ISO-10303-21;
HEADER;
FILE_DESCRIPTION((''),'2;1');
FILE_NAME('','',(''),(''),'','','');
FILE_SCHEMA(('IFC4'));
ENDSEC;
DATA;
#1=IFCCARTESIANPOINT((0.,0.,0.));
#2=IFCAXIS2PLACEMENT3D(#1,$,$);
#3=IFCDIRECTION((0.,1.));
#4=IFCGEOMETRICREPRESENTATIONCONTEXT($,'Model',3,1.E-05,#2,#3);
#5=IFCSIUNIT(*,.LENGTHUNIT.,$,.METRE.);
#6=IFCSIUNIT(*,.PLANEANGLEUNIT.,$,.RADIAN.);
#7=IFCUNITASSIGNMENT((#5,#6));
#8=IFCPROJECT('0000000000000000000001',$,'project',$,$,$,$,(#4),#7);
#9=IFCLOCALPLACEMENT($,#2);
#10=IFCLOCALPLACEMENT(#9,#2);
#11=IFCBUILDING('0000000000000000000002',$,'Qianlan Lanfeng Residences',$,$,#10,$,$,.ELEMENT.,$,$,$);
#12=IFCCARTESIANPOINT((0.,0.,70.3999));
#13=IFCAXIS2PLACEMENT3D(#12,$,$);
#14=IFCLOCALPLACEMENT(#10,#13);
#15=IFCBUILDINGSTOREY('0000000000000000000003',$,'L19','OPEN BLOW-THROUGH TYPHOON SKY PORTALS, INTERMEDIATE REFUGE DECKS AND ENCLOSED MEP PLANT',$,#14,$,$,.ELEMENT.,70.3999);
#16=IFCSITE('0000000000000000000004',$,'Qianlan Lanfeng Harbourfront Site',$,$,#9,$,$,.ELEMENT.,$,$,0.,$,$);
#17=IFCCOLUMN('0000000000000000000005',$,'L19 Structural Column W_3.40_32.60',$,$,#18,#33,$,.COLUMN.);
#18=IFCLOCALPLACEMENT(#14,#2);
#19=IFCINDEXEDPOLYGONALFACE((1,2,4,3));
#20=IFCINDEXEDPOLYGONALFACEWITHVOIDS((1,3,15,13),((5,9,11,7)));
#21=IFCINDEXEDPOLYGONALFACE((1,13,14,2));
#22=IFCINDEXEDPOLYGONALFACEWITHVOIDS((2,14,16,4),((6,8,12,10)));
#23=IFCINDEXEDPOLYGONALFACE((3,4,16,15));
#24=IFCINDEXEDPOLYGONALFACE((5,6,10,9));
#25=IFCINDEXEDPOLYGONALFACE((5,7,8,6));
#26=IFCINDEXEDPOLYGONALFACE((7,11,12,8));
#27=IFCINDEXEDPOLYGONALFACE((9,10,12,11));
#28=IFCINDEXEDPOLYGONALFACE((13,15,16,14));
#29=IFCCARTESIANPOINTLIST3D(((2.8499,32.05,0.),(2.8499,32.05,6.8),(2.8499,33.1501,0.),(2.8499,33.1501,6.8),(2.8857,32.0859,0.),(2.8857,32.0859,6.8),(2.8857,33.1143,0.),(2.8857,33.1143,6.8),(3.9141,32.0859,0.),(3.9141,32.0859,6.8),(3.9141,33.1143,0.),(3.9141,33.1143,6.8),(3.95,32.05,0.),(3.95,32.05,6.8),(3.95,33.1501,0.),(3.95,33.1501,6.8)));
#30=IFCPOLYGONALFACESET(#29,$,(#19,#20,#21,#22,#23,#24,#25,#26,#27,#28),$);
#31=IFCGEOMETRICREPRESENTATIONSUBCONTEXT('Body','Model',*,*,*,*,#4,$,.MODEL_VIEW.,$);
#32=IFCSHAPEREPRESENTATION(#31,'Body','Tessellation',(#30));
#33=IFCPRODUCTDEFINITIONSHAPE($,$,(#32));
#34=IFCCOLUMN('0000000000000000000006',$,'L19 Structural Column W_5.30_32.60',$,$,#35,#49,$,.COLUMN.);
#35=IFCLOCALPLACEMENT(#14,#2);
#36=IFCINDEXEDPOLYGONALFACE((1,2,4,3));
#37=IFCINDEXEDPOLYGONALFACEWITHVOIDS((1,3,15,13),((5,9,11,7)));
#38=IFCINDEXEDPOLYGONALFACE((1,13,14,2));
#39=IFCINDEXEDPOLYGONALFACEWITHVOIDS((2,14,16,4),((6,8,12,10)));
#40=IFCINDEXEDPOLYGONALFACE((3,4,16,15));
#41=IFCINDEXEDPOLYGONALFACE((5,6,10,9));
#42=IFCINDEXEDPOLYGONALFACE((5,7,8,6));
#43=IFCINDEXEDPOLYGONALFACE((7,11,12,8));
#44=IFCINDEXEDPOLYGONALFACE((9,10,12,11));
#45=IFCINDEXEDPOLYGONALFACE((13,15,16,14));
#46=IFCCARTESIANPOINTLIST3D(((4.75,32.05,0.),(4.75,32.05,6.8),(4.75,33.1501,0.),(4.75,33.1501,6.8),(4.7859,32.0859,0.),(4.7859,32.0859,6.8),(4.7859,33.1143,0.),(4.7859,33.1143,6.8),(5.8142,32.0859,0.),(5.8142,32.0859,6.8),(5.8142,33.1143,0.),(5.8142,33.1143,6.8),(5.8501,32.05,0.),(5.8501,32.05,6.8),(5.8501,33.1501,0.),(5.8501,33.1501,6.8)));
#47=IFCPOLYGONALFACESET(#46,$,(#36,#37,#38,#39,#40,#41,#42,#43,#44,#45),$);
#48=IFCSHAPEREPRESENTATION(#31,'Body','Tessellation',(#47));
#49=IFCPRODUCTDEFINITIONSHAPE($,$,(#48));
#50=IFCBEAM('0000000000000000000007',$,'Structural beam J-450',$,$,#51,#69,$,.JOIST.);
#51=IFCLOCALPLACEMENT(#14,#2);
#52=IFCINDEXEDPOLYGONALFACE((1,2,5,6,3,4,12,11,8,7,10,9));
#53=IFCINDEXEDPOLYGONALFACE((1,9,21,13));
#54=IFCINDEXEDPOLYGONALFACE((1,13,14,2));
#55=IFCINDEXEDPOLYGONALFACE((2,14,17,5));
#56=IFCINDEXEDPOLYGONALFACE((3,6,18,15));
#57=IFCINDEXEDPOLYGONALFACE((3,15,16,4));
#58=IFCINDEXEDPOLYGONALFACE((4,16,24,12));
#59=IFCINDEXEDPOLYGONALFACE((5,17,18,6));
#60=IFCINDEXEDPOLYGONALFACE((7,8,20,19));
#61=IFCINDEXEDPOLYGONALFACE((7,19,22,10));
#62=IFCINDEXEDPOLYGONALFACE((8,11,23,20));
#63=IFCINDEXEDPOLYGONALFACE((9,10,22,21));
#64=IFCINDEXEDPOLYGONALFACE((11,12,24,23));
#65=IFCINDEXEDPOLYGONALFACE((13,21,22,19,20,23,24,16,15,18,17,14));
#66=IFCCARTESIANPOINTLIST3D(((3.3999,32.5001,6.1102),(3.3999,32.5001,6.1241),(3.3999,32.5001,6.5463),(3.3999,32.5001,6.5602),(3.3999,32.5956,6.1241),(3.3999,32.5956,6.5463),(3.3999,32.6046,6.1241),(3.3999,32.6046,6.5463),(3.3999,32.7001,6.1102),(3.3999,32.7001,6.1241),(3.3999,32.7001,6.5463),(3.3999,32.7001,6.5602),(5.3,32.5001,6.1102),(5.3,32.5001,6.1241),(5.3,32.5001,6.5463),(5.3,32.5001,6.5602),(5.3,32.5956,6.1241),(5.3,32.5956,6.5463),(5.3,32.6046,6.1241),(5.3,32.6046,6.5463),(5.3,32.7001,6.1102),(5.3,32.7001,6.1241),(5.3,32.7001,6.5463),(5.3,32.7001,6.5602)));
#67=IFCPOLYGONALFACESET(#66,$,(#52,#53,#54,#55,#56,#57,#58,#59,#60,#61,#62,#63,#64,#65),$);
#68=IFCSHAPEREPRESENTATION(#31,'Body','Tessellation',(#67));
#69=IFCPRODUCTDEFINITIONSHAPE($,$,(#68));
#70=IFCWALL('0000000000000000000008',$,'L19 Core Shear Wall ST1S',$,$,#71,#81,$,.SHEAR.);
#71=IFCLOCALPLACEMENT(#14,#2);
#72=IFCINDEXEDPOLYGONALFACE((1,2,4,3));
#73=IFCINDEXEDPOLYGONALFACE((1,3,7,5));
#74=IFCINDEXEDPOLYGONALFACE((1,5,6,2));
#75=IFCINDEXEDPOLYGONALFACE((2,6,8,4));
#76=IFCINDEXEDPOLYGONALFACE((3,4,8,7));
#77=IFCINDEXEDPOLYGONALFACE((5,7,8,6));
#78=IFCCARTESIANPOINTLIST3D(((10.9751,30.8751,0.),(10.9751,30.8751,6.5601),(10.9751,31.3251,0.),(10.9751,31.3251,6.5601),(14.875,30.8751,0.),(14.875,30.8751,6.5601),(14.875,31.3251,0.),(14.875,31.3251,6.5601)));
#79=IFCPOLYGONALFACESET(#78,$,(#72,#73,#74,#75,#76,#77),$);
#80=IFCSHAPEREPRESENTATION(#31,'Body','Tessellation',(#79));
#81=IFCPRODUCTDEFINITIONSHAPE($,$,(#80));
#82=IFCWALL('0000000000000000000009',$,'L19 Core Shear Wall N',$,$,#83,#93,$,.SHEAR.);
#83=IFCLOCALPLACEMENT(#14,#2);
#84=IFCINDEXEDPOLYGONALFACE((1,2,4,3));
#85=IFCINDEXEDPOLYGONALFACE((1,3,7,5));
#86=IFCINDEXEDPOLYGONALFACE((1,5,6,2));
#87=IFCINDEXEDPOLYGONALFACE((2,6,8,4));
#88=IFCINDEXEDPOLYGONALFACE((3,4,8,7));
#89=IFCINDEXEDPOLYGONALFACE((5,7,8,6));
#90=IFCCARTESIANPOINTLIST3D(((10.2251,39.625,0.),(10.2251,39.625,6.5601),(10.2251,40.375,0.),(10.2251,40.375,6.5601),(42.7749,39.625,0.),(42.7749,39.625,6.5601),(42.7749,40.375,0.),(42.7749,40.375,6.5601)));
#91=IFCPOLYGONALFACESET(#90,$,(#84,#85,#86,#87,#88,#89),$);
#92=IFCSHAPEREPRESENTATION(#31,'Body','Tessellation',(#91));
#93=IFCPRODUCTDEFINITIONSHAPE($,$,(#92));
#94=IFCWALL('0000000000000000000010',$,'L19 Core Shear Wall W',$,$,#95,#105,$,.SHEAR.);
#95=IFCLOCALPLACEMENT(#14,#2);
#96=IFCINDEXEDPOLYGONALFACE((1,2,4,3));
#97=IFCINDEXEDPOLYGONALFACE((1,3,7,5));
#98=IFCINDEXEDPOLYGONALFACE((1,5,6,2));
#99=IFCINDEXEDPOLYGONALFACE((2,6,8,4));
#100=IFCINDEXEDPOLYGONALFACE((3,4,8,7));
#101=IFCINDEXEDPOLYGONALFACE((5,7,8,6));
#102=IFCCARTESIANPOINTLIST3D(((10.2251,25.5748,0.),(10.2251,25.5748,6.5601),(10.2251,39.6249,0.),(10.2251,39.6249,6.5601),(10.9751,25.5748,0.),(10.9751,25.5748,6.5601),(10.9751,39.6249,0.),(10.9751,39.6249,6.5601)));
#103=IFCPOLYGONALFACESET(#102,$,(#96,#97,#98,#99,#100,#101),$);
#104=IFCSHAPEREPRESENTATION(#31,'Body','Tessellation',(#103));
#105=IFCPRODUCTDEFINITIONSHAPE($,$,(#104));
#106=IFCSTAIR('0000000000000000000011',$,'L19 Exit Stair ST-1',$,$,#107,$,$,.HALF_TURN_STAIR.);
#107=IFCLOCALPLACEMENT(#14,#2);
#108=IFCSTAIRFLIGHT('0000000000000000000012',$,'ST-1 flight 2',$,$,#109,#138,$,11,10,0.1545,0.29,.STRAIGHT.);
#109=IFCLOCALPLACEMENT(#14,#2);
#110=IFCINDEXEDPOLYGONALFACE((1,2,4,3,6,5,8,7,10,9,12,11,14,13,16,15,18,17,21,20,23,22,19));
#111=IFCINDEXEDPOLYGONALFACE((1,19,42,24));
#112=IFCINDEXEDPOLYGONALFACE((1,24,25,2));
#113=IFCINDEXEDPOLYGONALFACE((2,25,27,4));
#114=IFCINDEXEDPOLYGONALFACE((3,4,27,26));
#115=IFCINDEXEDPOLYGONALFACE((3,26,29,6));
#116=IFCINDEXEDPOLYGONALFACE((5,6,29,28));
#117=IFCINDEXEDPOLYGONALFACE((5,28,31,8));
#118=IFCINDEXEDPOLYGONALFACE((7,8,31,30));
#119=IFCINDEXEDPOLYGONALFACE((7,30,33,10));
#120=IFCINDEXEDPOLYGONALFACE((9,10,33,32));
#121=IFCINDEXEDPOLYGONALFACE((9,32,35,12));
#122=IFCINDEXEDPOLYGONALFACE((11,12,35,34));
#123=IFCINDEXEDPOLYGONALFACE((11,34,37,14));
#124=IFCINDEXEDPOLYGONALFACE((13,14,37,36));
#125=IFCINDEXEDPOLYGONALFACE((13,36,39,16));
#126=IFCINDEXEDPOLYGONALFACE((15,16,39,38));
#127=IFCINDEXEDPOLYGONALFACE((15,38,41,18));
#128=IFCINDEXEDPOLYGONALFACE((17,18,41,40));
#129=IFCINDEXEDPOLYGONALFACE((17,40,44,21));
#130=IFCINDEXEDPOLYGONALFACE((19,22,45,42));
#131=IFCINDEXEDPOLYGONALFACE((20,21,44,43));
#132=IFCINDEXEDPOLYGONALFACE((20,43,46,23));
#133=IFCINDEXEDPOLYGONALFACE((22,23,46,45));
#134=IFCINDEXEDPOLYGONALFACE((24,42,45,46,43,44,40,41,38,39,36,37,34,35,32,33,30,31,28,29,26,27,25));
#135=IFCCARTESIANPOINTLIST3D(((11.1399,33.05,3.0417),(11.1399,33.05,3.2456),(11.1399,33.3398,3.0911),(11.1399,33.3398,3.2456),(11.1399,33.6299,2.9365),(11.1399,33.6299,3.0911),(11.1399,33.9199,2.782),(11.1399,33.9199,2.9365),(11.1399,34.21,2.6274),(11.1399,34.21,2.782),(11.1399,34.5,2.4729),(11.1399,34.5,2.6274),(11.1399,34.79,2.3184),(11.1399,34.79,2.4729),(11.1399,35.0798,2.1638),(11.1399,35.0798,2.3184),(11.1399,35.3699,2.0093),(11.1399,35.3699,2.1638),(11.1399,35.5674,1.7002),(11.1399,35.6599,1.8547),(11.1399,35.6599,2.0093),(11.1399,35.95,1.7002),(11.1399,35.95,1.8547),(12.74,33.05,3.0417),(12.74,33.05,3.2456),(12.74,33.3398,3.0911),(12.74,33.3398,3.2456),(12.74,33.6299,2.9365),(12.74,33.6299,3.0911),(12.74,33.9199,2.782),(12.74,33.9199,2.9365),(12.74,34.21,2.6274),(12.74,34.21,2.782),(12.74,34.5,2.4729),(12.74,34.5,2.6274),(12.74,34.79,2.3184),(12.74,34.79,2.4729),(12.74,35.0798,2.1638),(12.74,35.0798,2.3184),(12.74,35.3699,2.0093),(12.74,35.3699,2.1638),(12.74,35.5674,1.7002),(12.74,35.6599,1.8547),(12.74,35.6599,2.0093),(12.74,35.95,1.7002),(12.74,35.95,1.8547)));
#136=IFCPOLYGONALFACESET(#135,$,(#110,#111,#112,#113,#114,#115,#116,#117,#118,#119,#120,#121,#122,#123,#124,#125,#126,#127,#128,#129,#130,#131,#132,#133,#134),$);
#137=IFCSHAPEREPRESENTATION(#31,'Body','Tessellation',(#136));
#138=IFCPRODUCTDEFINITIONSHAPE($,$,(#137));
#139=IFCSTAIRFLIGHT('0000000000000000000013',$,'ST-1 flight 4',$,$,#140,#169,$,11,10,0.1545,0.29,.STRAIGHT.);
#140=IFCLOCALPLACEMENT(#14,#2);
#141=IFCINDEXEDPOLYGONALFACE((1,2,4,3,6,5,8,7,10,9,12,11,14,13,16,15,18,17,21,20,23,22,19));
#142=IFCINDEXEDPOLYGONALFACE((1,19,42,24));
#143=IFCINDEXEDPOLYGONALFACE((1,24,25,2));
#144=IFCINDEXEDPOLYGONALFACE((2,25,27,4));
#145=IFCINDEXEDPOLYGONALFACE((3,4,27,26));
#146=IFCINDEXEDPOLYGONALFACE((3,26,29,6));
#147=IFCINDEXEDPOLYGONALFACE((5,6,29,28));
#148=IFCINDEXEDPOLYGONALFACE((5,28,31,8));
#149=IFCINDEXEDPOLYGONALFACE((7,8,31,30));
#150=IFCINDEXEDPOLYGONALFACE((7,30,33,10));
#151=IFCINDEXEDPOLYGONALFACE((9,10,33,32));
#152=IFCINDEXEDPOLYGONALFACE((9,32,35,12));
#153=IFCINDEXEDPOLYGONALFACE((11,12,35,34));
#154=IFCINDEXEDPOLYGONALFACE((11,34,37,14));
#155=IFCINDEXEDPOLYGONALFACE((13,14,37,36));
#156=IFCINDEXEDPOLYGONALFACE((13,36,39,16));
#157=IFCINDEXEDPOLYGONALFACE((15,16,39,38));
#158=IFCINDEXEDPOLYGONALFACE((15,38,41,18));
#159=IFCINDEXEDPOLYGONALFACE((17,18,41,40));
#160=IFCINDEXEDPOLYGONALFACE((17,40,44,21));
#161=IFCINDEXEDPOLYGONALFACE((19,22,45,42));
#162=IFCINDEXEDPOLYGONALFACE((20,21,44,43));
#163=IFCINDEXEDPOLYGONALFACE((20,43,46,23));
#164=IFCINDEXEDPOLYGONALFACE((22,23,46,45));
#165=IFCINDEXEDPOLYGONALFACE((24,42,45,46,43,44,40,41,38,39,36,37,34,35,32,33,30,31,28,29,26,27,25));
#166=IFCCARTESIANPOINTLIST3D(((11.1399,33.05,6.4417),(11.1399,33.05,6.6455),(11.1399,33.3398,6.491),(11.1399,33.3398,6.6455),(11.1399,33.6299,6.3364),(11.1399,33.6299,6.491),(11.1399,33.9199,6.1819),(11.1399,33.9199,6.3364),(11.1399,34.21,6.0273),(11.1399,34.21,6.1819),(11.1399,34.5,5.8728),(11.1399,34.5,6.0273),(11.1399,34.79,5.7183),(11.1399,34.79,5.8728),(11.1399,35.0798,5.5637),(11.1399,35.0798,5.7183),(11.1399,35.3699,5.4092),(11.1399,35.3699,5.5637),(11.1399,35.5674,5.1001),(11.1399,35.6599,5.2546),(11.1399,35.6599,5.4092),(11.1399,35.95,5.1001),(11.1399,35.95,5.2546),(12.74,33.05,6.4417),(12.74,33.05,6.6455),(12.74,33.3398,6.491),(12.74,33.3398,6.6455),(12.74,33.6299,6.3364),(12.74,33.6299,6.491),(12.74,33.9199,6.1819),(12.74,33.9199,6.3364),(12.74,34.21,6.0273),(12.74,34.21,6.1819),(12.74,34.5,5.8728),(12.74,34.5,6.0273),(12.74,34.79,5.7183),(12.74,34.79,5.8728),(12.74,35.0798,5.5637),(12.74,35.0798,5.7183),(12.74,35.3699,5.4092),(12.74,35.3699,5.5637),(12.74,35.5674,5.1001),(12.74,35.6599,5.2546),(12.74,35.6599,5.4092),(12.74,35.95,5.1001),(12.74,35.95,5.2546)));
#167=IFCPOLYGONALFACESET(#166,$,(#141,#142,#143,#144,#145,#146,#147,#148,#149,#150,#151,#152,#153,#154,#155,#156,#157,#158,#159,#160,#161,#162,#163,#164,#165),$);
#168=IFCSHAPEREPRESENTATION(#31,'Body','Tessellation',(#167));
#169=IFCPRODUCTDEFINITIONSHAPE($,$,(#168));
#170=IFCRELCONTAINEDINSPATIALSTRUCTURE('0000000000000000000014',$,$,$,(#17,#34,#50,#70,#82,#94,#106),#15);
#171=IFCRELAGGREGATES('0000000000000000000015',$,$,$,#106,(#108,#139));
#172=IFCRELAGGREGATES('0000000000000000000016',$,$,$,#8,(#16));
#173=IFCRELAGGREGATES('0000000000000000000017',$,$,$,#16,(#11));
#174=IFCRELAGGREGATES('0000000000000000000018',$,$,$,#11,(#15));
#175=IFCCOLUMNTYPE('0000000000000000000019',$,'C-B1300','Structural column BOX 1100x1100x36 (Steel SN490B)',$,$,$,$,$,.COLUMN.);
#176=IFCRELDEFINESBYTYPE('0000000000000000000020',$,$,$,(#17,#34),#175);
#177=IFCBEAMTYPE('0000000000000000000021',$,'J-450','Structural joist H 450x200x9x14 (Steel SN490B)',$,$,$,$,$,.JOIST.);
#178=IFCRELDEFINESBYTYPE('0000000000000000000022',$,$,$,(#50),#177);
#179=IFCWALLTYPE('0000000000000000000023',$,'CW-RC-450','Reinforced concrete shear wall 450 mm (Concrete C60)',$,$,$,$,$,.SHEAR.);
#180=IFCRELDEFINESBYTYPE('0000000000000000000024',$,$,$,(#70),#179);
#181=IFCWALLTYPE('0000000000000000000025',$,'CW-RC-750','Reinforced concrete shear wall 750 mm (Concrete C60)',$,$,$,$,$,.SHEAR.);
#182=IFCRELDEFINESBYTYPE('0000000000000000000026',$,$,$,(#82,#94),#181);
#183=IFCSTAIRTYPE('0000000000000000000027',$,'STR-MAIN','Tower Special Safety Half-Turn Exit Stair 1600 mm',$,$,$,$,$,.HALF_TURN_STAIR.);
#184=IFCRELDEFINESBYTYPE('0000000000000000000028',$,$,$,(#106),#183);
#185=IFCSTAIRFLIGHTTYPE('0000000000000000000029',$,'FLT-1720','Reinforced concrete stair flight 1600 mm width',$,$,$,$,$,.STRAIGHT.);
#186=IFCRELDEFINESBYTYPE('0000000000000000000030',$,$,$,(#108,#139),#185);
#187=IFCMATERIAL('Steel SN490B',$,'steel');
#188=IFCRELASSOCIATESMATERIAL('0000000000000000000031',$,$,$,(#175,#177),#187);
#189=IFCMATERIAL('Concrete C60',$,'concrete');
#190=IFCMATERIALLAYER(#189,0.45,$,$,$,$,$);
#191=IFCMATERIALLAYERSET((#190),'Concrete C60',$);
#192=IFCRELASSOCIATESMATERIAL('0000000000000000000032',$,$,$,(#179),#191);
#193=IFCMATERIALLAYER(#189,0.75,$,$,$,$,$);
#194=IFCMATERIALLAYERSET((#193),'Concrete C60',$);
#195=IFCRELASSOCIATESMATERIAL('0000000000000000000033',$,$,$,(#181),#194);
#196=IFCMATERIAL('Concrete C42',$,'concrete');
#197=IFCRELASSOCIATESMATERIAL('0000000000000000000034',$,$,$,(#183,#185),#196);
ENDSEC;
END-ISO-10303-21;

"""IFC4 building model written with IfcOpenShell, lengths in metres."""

from ifc_helpers import new_model, si_unit, direction, frame, frame_2d, origin, origin_2d, place, context, subcontext, project, spatial, polyline, rectangle, hollow_rectangle, i_section, outline, extrude, material, layer, layer_set, material_profile, profile_set, type_object, element, aggregate, save


model = new_model("IFC4")

# Units and contexts
model_context = context("Model", 3, precision=1e-05, world=origin(), true_north=direction((0.0, 1.0)))
body_context = subcontext(model_context, "Body", "Model", "MODEL_VIEW")
ifc_project = project(units=[si_unit("LENGTHUNIT", "METRE"), si_unit("PLANEANGLEUNIT", "RADIAN")], contexts=[model_context])

# Site, building, storey
site_placement = place(None, origin())
site = spatial("IfcSite", under=ifc_project, at=site_placement, Name="Qianlan Lanfeng Harbourfront Site", CompositionType="ELEMENT", RefElevation=0.0)
building_placement = place(site_placement, origin())
building = spatial("IfcBuilding", under=site, at=building_placement, Name="Qianlan Lanfeng Residences", CompositionType="ELEMENT")
storey_placement = place(building_placement, frame((0.0, 0.0, 70.3999)))
storey = spatial("IfcBuildingStorey", under=building, at=storey_placement, Name="L19", Description="OPEN BLOW-THROUGH TYPHOON SKY PORTALS, INTERMEDIATE REFUGE DECKS AND ENCLOSED MEP PLANT", CompositionType="ELEMENT", Elevation=70.3999)

# Columns
ifc_material_1 = material(Name="Steel SN490B", Category="steel")
ifc_material_profile_1 = material_profile(ifc_material_1, hollow_rectangle(XDim=1.1001, YDim=1.1001, WallThickness=0.0359, at=origin_2d()), Name="BOX 1100x1100x36")
ifc_profile_set_1 = profile_set([ifc_material_profile_1], Name="Steel SN490B")
column_type = type_object("IfcColumnType", Name="C-B1300", Description="Structural column BOX 1100x1100x36 (Steel SN490B)", PredefinedType="COLUMN", material=ifc_profile_set_1)
for number, where, z_axis, x_axis, name in (
    (1, (3.3999, 32.6001, 0.0), (0.0, 0.0, 1.0), (1.0, 0.0, 0.0), "L19 Structural Column W_3.40_32.60"),
    (2, (5.3, 32.6001, 0.0), (0.0, 0.0, 1.0), (1.0, 0.0, 0.0), "L19 Structural Column W_5.30_32.60"),
):
    element("IfcColumn", number, at=place(storey_placement, frame(where, z_axis=z_axis, x_axis=x_axis)), inside=storey, type_object=column_type, Name=name, PredefinedType="COLUMN", context=body_context, shape_type="SweptSolid", body=[
        extrude(hollow_rectangle(XDim=1.1001, YDim=1.1001, WallThickness=0.0359, at=origin_2d()), origin(), (0.0, 0.0, 1.0), 6.8),
    ])

# Beam
ifc_material_profile_2 = material_profile(ifc_material_1, i_section(OverallWidth=0.2, OverallDepth=0.45, WebThickness=0.009, FlangeThickness=0.0139, at=origin_2d()), Name="H 450x200x9x14")
ifc_profile_set_2 = profile_set([ifc_material_profile_2], Name="Steel SN490B")
beam_type = type_object("IfcBeamType", Name="J-450", Description="Structural joist H 450x200x9x14 (Steel SN490B)", PredefinedType="JOIST", material=ifc_profile_set_2)
beam_placement = place(storey_placement, frame((3.3999, 32.6001, 6.3352), z_axis=(1.0, 0.0, 0.0), x_axis=(0.0, 1.0, 0.0)))
element("IfcBeam", 3, at=beam_placement, inside=storey, type_object=beam_type, Name="Structural beam J-450", PredefinedType="JOIST", context=body_context, shape_type="SweptSolid", body=[
    extrude(i_section(OverallWidth=0.2, OverallDepth=0.45, WebThickness=0.009, FlangeThickness=0.0139, at=origin_2d()), origin(), (0.0, 0.0, 1.0), 1.9001),
])

# Walls
ifc_material_2 = material(Name="Concrete C60", Category="concrete")
ifc_layer_1 = layer(ifc_material_2, 0.45)
ifc_layer_set_1 = layer_set([ifc_layer_1], Name="Concrete C60")
wall_type_1 = type_object("IfcWallType", Name="CW-RC-450", Description="Reinforced concrete shear wall 450 mm (Concrete C60)", PredefinedType="SHEAR", material=ifc_layer_set_1)
wall_1_placement = place(storey_placement, frame((10.9751, 31.1001, 0.0), z_axis=(0.0, 0.0, 1.0), x_axis=(1.0, 0.0, 0.0)))
element("IfcWall", 4, at=wall_1_placement, inside=storey, type_object=wall_type_1, Name="L19 Core Shear Wall ST1S", PredefinedType="SHEAR", context=body_context, shape_type="SweptSolid", body=[
    extrude(rectangle(XDim=3.8999, YDim=0.45, at=frame_2d((1.95, 0.0))), origin(), (0.0, 0.0, 1.0), 6.5601),
])
ifc_layer_2 = layer(ifc_material_2, 0.75)
ifc_layer_set_2 = layer_set([ifc_layer_2], Name="Concrete C60")
wall_type_2 = type_object("IfcWallType", Name="CW-RC-750", Description="Reinforced concrete shear wall 750 mm (Concrete C60)", PredefinedType="SHEAR", material=ifc_layer_set_2)
wall_2_placement = place(storey_placement, frame((10.2251, 40.0, 0.0), z_axis=(0.0, 0.0, 1.0), x_axis=(1.0, 0.0, 0.0)))
element("IfcWall", 5, at=wall_2_placement, inside=storey, type_object=wall_type_2, Name="L19 Core Shear Wall N", PredefinedType="SHEAR", context=body_context, shape_type="SweptSolid", body=[
    extrude(rectangle(XDim=32.5498, YDim=0.75, at=frame_2d((16.2749, 0.0))), origin(), (0.0, 0.0, 1.0), 6.5601),
])
wall_3_placement = place(storey_placement, frame((10.6001, 25.575, 0.0), z_axis=(0.0, 0.0, 1.0), x_axis=(0.0, 1.0, 0.0)))
element("IfcWall", 6, at=wall_3_placement, inside=storey, type_object=wall_type_2, Name="L19 Core Shear Wall W", PredefinedType="SHEAR", context=body_context, shape_type="SweptSolid", body=[
    extrude(rectangle(XDim=14.05, YDim=0.75, at=frame_2d((7.0249, 0.0))), origin(), (0.0, 0.0, 1.0), 6.5601),
])

# Stair, stair flights
ifc_material_3 = material(Name="Concrete C42", Category="concrete")
stair_type = type_object("IfcStairType", Name="STR-MAIN", Description="Tower Special Safety Half-Turn Exit Stair 1600 mm", PredefinedType="HALF_TURN_STAIR", material=ifc_material_3)
stair_placement = place(storey_placement, origin())
stair = element("IfcStair", 7, at=stair_placement, inside=storey, type_object=stair_type, Name="L19 Exit Stair ST-1", PredefinedType="HALF_TURN_STAIR")
stair_flight_type = type_object("IfcStairFlightType", Name="FLT-1720", Description="Reinforced concrete stair flight 1600 mm width", PredefinedType="STRAIGHT", material=ifc_material_3)
stair_flight_1_placement = place(storey_placement, frame((11.9399, 35.95, 1.7002), z_axis=(0.0, 0.0, 1.0), x_axis=(0.0, -1.0, 0.0)))
stair_flight_1 = element("IfcStairFlight", 8, at=stair_flight_1_placement, type_object=stair_flight_type, Name="ST-1 flight 2", NumberOfRisers=11, NumberOfTreads=10, PredefinedType="STRAIGHT", RiserHeight=0.1545, TreadLength=0.29, context=body_context, shape_type="SweptSolid", body=[
    extrude(outline(polyline([(0.0, 0.0), (0.0, 0.1545), (0.29, 0.1545), (0.29, 0.3091), (0.5801, 0.3091), (0.5801, 0.4636), (0.8701, 0.4636), (0.8701, 0.6182), (1.1599, 0.6182), (1.1599, 0.7727), (1.45, 0.7727), (1.45, 0.9272), (1.74, 0.9272), (1.74, 1.0818), (2.03, 1.0818), (2.03, 1.2363), (2.3201, 1.2363), (2.3201, 1.3909), (2.6101, 1.3909), (2.6101, 1.5454), (2.8999, 1.5454), (2.8999, 1.7), (2.8999, 1.3416), (0.3826, 0.0), (0.0, 0.0)])), frame((0.0, 0.8, 0.0), z_axis=(0.0, -1.0, 0.0), x_axis=(1.0, 0.0, 0.0)), (0.0, 0.0, 1.0), 1.6001),
])
stair_flight_2_placement = place(storey_placement, frame((11.9399, 35.95, 5.1001), z_axis=(0.0, 0.0, 1.0), x_axis=(0.0, -1.0, 0.0)))
stair_flight_2 = element("IfcStairFlight", 9, at=stair_flight_2_placement, type_object=stair_flight_type, Name="ST-1 flight 4", NumberOfRisers=11, NumberOfTreads=10, PredefinedType="STRAIGHT", RiserHeight=0.1545, TreadLength=0.29, context=body_context, shape_type="SweptSolid", body=[
    extrude(outline(polyline([(0.0, 0.0), (0.0, 0.1545), (0.29, 0.1545), (0.29, 0.3091), (0.5801, 0.3091), (0.5801, 0.4636), (0.8701, 0.4636), (0.8701, 0.6182), (1.1599, 0.6182), (1.1599, 0.7727), (1.45, 0.7727), (1.45, 0.9272), (1.74, 0.9272), (1.74, 1.0818), (2.03, 1.0818), (2.03, 1.2363), (2.3201, 1.2363), (2.3201, 1.3909), (2.6101, 1.3909), (2.6101, 1.5454), (2.8999, 1.5454), (2.8999, 1.7), (2.8999, 1.3416), (0.3826, 0.0), (0.0, 0.0)])), frame((0.0, 0.8, 0.0), z_axis=(0.0, -1.0, 0.0), x_axis=(1.0, 0.0, 0.0)), (0.0, 0.0, 1.0), 1.6001),
])
aggregate(stair, [stair_flight_1, stair_flight_2])

save(model, "model.ifc")
